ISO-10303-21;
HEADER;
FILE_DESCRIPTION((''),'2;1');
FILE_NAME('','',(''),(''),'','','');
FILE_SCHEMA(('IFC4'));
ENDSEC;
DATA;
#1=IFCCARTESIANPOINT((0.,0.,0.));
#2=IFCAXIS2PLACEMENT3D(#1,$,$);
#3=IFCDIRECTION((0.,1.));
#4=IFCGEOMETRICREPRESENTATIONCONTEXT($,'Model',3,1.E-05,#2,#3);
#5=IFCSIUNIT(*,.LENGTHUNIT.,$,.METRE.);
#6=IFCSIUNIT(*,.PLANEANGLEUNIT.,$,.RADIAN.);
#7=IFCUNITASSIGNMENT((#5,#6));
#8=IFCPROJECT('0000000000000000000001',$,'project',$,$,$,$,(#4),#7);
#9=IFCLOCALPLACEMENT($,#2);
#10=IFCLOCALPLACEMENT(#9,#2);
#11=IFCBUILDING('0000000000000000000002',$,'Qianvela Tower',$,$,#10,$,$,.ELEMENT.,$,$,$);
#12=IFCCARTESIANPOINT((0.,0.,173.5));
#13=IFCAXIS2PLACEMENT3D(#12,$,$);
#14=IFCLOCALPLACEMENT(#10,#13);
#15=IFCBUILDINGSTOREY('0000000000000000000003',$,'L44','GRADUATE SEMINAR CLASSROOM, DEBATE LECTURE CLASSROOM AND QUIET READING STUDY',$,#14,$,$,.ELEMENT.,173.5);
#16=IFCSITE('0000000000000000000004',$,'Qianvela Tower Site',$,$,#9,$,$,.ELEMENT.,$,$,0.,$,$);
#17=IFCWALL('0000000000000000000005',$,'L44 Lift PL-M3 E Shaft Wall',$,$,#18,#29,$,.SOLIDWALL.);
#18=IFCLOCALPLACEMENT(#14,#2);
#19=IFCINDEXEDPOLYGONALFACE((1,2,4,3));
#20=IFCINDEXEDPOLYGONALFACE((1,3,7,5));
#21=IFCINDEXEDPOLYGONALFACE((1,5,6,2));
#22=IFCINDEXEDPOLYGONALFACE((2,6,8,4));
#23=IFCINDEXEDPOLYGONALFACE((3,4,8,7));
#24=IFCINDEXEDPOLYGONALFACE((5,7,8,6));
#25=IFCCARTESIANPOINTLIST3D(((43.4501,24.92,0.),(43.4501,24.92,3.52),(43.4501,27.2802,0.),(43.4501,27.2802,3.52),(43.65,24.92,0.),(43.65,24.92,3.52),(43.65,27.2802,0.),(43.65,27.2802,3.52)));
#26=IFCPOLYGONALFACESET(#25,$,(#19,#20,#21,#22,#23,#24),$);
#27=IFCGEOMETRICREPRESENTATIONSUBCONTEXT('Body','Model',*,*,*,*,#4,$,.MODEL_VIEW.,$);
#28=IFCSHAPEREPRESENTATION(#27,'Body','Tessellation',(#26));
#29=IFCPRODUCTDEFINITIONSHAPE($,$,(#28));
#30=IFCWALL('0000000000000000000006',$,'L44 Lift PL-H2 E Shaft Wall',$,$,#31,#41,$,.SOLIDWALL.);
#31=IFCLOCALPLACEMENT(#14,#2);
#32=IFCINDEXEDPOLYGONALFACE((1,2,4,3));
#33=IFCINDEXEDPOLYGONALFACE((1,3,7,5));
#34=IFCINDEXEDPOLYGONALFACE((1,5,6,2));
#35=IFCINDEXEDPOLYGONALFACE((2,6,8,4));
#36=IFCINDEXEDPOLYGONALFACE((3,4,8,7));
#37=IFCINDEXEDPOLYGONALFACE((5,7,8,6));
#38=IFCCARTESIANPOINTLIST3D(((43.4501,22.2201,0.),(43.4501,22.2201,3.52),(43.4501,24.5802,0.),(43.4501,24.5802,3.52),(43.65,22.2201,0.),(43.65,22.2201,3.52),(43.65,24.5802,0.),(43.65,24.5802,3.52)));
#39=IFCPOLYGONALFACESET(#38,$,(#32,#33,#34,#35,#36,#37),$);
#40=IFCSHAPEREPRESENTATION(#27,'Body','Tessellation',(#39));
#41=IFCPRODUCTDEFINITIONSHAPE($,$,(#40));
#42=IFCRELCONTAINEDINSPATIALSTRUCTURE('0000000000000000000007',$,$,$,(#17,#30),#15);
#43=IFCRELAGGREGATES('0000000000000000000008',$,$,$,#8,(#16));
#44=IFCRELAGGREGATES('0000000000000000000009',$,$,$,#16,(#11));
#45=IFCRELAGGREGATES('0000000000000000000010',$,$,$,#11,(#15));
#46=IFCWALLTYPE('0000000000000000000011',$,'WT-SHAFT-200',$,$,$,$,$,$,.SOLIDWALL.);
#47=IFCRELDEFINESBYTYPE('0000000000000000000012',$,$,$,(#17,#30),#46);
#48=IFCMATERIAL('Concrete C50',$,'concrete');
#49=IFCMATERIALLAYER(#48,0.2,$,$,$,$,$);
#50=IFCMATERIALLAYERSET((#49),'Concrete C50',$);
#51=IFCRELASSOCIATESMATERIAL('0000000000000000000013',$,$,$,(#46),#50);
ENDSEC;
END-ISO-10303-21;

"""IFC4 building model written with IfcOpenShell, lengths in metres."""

from ifc_helpers import new_model, si_unit, direction, frame, frame_2d, origin, place, context, subcontext, project, spatial, rectangle, extrude, material, layer, layer_set, type_object, element, save


model = new_model("IFC4")

# Units and contexts
model_context = context("Model", 3, precision=1e-05, world=origin(), true_north=direction((0.0, 1.0)))
body_context = subcontext(model_context, "Body", "Model", "MODEL_VIEW")
ifc_project = project(units=[si_unit("LENGTHUNIT", "METRE"), si_unit("PLANEANGLEUNIT", "RADIAN")], contexts=[model_context])

# Site, building, storey
site_placement = place(None, origin())
site = spatial("IfcSite", under=ifc_project, at=site_placement, Name="Qianvela Tower Site", CompositionType="ELEMENT", RefElevation=0.0)
building_placement = place(site_placement, origin())
building = spatial("IfcBuilding", under=site, at=building_placement, Name="Qianvela Tower", CompositionType="ELEMENT")
storey_placement = place(building_placement, frame((0.0, 0.0, 173.5)))
storey = spatial("IfcBuildingStorey", under=building, at=storey_placement, Name="L44", Description="GRADUATE SEMINAR CLASSROOM, DEBATE LECTURE CLASSROOM AND QUIET READING STUDY", CompositionType="ELEMENT", Elevation=173.5)

# Walls
ifc_material_1 = material(Name="Concrete C50", Category="concrete")
ifc_layer_1 = layer(ifc_material_1, 0.2)
ifc_layer_set_1 = layer_set([ifc_layer_1], Name="Concrete C50")
wall_type_1 = type_object("IfcWallType", Name="WT-SHAFT-200", PredefinedType="SOLIDWALL", material=ifc_layer_set_1)
for number, where, z_axis, x_axis, name in (
    (1, (43.55, 24.9199, 0.0), (0.0, 0.0, 1.0), (0.0, 1.0, 0.0), "L44 Lift PL-M3 E Shaft Wall"),
    (2, (43.55, 22.22, 0.0), (0.0, 0.0, 1.0), (0.0, 1.0, 0.0), "L44 Lift PL-H2 E Shaft Wall"),
):
    element("IfcWall", number, at=place(storey_placement, frame(where, z_axis=z_axis, x_axis=x_axis)), inside=storey, type_object=wall_type_1, Name=name, PredefinedType="SOLIDWALL", context=body_context, shape_type="SweptSolid", body=[
        extrude(rectangle(XDim=2.3601, YDim=0.2, at=frame_2d((1.1802, 0.0))), origin(), (0.0, 0.0, 1.0), 3.52),
    ])

save(model, "model.ifc")
